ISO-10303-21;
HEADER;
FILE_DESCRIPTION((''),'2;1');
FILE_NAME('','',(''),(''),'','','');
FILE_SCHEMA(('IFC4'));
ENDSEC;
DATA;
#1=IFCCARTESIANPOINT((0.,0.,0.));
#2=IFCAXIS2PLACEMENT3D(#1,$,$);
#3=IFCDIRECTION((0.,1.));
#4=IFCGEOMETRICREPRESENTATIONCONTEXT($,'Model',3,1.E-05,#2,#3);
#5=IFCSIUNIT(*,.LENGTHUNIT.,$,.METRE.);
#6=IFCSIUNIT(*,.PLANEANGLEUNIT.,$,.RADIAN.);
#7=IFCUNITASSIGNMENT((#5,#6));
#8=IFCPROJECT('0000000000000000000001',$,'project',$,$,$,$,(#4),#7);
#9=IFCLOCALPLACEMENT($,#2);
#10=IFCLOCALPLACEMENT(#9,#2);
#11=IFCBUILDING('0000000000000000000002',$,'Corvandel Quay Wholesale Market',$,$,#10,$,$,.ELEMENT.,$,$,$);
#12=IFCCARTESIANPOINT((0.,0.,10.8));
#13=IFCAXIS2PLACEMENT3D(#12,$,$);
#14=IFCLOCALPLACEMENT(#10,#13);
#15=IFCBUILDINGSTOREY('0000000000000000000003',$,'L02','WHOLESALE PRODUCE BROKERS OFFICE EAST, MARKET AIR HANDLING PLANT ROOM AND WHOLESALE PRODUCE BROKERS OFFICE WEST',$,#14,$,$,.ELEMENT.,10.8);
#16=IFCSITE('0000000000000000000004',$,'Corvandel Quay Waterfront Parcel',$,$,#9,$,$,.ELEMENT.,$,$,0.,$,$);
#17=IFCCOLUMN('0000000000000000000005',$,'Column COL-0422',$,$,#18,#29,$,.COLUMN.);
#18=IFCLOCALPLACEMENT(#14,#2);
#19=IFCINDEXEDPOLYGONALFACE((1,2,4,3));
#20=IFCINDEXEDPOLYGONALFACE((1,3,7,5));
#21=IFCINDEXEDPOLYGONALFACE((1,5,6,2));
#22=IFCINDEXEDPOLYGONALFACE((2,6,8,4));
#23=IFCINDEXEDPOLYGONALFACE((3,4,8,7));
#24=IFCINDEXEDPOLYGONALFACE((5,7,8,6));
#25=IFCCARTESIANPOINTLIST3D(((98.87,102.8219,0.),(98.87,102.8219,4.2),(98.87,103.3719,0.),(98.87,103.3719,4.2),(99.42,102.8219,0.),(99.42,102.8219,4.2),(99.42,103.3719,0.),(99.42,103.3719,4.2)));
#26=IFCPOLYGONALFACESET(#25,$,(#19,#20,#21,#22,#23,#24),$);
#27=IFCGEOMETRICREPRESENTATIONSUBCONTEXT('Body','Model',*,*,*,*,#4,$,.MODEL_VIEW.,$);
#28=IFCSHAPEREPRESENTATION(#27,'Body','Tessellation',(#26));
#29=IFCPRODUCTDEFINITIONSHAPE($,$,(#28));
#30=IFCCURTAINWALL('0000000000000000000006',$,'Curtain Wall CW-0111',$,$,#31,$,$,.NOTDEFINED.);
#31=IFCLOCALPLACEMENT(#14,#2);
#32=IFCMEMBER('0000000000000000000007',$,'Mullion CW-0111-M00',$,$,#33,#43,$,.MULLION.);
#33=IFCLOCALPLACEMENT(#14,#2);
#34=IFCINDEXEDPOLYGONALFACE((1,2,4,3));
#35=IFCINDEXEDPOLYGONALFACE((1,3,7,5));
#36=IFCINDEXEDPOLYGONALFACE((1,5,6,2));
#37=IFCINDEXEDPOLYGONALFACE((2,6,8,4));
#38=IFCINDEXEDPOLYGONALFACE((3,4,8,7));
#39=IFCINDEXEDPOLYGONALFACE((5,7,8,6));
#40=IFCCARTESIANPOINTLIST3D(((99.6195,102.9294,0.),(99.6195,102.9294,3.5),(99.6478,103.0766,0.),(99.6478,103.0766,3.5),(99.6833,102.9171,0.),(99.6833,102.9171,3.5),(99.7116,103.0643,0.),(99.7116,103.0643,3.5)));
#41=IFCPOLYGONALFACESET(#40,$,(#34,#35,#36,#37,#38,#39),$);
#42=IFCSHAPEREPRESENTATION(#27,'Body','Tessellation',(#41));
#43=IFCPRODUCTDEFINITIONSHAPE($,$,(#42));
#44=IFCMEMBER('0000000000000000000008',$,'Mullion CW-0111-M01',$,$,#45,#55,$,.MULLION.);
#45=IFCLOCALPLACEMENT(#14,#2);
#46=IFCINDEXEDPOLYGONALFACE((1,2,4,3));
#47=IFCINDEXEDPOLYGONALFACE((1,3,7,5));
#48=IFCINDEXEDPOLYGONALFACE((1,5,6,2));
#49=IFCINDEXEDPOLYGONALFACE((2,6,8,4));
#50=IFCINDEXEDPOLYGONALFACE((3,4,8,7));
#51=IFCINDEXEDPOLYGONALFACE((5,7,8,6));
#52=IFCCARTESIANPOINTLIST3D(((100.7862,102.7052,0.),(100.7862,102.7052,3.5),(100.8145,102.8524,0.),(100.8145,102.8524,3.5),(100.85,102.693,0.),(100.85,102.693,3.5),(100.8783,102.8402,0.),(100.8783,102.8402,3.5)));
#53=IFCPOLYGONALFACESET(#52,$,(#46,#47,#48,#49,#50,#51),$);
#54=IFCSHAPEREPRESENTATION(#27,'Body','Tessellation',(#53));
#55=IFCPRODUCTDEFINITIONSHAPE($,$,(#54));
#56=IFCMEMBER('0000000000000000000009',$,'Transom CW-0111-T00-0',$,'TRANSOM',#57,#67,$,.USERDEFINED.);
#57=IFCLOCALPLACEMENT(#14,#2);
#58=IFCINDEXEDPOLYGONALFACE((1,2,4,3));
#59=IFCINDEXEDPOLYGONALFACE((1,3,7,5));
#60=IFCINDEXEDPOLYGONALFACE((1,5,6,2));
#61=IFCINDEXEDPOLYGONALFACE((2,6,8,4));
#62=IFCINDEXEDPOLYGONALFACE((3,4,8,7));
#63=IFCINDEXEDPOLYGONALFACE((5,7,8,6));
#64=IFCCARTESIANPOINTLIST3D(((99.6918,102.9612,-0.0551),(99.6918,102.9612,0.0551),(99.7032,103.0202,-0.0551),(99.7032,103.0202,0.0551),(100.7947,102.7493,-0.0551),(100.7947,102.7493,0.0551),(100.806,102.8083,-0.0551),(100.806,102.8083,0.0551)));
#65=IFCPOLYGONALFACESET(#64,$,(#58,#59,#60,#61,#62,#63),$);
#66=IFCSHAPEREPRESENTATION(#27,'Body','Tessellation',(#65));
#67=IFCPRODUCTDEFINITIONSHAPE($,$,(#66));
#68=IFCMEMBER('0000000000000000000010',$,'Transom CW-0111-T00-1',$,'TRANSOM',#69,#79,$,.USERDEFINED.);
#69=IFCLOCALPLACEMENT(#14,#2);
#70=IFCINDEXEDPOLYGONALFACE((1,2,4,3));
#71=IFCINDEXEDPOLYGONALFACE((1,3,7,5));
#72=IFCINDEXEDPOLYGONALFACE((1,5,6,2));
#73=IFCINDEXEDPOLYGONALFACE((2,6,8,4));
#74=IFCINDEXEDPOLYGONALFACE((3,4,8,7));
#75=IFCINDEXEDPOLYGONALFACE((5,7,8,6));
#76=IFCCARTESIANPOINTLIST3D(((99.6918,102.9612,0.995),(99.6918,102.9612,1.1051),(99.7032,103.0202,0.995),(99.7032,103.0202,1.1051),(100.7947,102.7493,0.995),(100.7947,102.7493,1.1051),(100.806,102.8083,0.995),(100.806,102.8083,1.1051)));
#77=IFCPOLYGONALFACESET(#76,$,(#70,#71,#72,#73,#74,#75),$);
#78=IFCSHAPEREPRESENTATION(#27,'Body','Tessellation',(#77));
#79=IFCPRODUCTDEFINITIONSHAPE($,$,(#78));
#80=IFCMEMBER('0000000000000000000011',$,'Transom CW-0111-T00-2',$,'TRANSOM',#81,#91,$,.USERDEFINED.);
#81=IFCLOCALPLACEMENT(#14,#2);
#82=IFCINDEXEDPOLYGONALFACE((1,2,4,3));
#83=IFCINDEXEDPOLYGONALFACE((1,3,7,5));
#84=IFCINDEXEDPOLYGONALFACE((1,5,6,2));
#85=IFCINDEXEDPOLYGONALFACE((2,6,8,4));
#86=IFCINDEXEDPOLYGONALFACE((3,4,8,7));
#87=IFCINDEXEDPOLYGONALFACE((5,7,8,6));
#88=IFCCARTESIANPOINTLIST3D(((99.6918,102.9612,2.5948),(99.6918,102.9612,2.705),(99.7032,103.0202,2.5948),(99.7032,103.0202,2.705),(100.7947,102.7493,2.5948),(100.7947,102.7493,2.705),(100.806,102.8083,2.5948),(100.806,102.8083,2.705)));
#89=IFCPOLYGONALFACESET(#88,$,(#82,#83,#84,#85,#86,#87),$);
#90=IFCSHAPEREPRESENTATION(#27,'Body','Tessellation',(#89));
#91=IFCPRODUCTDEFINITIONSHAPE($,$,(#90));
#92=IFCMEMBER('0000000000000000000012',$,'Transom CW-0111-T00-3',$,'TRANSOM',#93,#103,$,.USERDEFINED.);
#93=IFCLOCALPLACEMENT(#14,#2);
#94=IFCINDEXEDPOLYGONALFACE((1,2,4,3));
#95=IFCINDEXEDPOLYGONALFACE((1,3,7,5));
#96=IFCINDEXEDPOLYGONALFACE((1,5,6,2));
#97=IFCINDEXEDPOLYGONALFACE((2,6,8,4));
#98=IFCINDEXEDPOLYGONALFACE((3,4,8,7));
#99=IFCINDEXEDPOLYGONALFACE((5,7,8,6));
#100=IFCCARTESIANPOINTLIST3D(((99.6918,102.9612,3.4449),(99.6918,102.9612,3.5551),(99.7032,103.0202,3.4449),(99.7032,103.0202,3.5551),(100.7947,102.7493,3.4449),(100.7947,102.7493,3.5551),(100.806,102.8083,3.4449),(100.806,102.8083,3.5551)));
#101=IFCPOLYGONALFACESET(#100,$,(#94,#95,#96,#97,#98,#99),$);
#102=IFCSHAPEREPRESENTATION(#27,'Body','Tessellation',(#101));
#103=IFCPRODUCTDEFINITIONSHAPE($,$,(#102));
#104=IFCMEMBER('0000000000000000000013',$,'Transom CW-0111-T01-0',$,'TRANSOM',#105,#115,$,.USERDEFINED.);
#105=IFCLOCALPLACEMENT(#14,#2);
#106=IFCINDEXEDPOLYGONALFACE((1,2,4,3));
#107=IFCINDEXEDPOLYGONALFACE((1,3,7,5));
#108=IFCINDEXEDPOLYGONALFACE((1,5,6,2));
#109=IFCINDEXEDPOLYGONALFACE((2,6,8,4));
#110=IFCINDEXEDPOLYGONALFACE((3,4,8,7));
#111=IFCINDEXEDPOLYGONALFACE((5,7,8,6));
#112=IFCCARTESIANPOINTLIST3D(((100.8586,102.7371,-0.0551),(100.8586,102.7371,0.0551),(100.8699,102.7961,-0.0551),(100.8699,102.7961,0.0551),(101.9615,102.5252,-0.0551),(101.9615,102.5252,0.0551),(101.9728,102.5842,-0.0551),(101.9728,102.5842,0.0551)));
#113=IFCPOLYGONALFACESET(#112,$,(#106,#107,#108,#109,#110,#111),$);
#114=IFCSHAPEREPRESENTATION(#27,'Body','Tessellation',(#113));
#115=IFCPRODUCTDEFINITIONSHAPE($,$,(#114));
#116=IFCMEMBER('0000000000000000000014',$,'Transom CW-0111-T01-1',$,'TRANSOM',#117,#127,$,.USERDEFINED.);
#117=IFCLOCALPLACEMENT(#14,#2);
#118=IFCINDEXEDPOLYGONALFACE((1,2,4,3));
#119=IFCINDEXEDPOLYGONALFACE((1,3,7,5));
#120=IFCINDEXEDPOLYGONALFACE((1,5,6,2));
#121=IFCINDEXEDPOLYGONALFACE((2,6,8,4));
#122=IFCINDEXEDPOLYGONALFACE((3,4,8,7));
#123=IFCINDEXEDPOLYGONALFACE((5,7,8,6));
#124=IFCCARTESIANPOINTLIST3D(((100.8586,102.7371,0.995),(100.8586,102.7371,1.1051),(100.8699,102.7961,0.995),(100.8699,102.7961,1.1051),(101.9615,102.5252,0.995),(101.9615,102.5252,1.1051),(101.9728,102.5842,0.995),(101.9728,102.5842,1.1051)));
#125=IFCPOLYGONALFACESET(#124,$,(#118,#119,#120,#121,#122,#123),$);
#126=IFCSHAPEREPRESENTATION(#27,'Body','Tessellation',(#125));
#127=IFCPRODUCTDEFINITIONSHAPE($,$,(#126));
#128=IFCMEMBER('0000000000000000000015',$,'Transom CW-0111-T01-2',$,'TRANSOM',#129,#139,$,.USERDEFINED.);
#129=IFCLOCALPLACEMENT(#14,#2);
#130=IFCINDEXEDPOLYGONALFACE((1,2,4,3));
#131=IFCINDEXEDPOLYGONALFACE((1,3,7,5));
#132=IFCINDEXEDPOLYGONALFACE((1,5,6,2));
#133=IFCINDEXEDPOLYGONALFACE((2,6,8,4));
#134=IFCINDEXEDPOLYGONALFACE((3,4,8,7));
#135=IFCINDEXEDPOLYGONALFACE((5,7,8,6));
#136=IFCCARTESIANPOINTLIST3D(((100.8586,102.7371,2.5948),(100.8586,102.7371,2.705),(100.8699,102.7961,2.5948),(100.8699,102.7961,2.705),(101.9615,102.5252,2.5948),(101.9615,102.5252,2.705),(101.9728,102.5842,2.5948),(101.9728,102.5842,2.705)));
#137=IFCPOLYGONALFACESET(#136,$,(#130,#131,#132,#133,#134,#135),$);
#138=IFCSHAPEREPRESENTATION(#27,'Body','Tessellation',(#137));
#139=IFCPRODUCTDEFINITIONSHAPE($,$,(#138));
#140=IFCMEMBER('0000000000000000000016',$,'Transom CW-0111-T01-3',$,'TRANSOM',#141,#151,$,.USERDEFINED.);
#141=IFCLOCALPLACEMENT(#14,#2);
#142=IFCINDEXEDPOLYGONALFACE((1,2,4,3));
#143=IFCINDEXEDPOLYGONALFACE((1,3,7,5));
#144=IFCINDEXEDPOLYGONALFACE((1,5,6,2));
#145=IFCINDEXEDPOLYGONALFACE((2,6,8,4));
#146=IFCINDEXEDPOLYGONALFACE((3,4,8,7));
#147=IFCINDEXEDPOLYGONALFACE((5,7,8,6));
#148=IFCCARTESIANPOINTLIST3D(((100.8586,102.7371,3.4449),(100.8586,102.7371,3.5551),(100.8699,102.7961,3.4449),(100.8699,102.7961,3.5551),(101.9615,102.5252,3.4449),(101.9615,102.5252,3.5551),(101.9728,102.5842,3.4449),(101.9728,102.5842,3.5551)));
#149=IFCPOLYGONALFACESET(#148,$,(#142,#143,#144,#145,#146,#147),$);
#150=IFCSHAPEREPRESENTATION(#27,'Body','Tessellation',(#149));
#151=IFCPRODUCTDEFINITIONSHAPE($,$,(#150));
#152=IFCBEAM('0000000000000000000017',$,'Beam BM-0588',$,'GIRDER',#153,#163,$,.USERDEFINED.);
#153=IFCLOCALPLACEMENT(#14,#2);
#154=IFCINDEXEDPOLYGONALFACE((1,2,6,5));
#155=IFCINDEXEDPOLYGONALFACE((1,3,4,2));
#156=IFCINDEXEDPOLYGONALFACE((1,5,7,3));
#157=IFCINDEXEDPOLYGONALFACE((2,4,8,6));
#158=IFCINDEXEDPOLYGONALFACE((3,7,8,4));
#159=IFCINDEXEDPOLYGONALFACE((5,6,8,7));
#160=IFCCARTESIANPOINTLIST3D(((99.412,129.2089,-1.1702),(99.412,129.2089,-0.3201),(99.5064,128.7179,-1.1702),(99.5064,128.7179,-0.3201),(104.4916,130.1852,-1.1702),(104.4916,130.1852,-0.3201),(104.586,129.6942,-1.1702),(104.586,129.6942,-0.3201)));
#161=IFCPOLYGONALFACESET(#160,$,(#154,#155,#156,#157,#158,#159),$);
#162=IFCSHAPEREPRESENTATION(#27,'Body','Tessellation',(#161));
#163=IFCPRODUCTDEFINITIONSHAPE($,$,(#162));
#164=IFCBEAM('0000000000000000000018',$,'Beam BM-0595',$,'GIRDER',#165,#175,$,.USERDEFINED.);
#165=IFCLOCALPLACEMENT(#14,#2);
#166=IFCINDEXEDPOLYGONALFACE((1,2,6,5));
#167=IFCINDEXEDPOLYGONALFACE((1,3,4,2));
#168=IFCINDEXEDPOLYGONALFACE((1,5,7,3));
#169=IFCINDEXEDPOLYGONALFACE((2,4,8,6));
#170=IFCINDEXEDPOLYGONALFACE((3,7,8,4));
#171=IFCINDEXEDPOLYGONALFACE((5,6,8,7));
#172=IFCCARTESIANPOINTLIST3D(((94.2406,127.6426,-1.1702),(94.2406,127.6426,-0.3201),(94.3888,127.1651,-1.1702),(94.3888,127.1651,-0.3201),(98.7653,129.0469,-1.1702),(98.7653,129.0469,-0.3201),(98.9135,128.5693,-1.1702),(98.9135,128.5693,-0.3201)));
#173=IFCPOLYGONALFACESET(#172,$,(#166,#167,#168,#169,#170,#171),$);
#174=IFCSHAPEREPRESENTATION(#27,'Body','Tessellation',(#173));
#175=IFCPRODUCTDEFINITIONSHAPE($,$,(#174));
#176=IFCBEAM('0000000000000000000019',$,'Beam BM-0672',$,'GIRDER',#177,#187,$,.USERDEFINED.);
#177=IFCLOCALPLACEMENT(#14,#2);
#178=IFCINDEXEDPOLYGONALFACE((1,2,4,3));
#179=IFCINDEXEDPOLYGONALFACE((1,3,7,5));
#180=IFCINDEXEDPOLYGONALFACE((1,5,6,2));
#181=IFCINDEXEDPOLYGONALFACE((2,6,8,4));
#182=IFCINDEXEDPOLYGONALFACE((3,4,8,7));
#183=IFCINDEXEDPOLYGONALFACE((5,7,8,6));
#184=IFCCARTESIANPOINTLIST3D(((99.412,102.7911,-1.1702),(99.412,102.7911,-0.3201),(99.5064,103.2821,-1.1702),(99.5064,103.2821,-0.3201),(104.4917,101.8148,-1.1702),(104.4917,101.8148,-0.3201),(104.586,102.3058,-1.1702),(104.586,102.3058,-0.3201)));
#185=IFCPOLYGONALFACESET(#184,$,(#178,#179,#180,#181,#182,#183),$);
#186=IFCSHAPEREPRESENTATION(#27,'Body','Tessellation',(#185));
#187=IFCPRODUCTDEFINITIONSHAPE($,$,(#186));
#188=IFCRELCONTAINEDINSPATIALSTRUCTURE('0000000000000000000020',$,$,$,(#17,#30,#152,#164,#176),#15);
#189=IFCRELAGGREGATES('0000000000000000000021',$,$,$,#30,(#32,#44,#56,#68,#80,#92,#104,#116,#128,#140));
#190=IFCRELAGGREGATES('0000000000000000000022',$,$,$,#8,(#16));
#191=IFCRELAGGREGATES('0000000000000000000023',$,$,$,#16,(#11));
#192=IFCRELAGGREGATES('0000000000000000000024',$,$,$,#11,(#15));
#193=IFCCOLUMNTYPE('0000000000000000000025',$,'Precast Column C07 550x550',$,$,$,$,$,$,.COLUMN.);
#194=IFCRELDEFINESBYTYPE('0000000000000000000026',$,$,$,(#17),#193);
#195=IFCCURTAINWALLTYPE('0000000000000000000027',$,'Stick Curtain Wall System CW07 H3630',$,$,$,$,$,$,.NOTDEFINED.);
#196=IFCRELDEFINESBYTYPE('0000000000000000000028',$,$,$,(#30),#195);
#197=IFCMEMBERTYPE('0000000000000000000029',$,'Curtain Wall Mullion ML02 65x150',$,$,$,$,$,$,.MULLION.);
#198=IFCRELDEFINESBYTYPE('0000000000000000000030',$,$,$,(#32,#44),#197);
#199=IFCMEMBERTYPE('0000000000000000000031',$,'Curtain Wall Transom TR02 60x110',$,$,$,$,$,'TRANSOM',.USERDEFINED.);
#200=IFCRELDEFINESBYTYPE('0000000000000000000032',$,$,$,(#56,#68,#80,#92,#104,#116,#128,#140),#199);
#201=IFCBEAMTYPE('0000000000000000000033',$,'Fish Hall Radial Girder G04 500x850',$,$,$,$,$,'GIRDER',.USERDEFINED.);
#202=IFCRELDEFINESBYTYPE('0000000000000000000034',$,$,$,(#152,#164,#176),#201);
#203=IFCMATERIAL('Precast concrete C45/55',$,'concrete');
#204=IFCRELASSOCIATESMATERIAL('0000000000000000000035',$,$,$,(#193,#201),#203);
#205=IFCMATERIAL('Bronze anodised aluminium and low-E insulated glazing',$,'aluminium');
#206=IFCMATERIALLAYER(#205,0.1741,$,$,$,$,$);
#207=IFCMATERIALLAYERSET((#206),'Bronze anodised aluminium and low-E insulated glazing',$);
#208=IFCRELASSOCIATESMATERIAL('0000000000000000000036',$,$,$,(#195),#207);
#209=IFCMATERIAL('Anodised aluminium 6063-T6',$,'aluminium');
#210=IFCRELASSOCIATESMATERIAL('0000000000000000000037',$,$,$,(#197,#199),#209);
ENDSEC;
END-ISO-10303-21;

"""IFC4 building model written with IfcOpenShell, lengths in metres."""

from ifc_helpers import new_model, si_unit, direction, frame, origin, origin_2d, place, context, subcontext, project, spatial, rectangle, extrude, material, layer, layer_set, material_profile, profile_set, type_object, element, aggregate, save


model = new_model("IFC4")

# Units and contexts
model_context = context("Model", 3, precision=1e-05, world=origin(), true_north=direction((0.0, 1.0)))
body_context = subcontext(model_context, "Body", "Model", "MODEL_VIEW")
ifc_project = project(units=[si_unit("LENGTHUNIT", "METRE"), si_unit("PLANEANGLEUNIT", "RADIAN")], contexts=[model_context])

# Site, building, storey
site_placement = place(None, origin())
site = spatial("IfcSite", under=ifc_project, at=site_placement, Name="Corvandel Quay Waterfront Parcel", CompositionType="ELEMENT", RefElevation=0.0)
building_placement = place(site_placement, origin())
building = spatial("IfcBuilding", under=site, at=building_placement, Name="Corvandel Quay Wholesale Market", CompositionType="ELEMENT")
storey_placement = place(building_placement, frame((0.0, 0.0, 10.8)))
storey = spatial("IfcBuildingStorey", under=building, at=storey_placement, Name="L02", Description="WHOLESALE PRODUCE BROKERS OFFICE EAST, MARKET AIR HANDLING PLANT ROOM AND WHOLESALE PRODUCE BROKERS OFFICE WEST", CompositionType="ELEMENT", Elevation=10.8)

# Column
ifc_material_1 = material(Name="Precast concrete C45/55", Category="concrete")
ifc_material_profile_1 = material_profile(ifc_material_1, rectangle(XDim=0.55, YDim=0.55, at=origin_2d()), Name="PC-COL-550x550")
ifc_profile_set_1 = profile_set([ifc_material_profile_1], Name="Precast concrete C45/55")
column_type = type_object("IfcColumnType", Name="Precast Column C07 550x550", PredefinedType="COLUMN", material=ifc_profile_set_1)
column_placement = place(storey_placement, frame((99.145, 103.0969, 0.0), z_axis=(0.0, 0.0, 1.0), x_axis=(1.0, 0.0, 0.0)))
element("IfcColumn", 1, at=column_placement, inside=storey, type_object=column_type, Name="Column COL-0422", PredefinedType="COLUMN", context=body_context, shape_type="SweptSolid", body=[
    extrude(rectangle(XDim=0.55, YDim=0.55, at=origin_2d()), origin(), (0.0, 0.0, 1.0), 4.2),
])

# Curtain wall, members
ifc_material_2 = material(Name="Bronze anodised aluminium and low-E insulated glazing", Category="aluminium")
ifc_layer_1 = layer(ifc_material_2, 0.1741)
ifc_layer_set_1 = layer_set([ifc_layer_1], Name="Bronze anodised aluminium and low-E insulated glazing")
curtain_wall_type = type_object("IfcCurtainWallType", Name="Stick Curtain Wall System CW07 H3630", PredefinedType="NOTDEFINED", material=ifc_layer_set_1)
curtain_wall_placement = place(storey_placement, origin())
curtain_wall = element("IfcCurtainWall", 2, at=curtain_wall_placement, inside=storey, type_object=curtain_wall_type, Name="Curtain Wall CW-0111", PredefinedType="NOTDEFINED")
ifc_material_3 = material(Name="Anodised aluminium 6063-T6", Category="aluminium")
ifc_material_profile_2 = material_profile(ifc_material_3, rectangle(XDim=0.0649, YDim=0.1499, at=origin_2d()), Name="ALU-MUL-65x150")
ifc_profile_set_2 = profile_set([ifc_material_profile_2], Name="Anodised aluminium 6063-T6")
member_type_1 = type_object("IfcMemberType", Name="Curtain Wall Mullion ML02 65x150", PredefinedType="MULLION", material=ifc_profile_set_2)
member_1_placement = place(storey_placement, frame((99.6655, 102.9968, 0.0), z_axis=(0.0, 0.0, 1.0), x_axis=(-0.982025, 0.188753, 0.0)))
member_1 = element("IfcMember", 3, at=member_1_placement, type_object=member_type_1, Name="Mullion CW-0111-M00", PredefinedType="MULLION", context=body_context, shape_type="SweptSolid", body=[
    extrude(rectangle(XDim=0.0649, YDim=0.1499, at=origin_2d()), origin(), (0.0, 0.0, 1.0), 3.5),
])
member_2_placement = place(storey_placement, frame((100.8323, 102.7727, 0.0), z_axis=(0.0, 0.0, 1.0), x_axis=(-0.982025, 0.188753, 0.0)))
member_2 = element("IfcMember", 4, at=member_2_placement, type_object=member_type_1, Name="Mullion CW-0111-M01", PredefinedType="MULLION", context=body_context, shape_type="SweptSolid", body=[
    extrude(rectangle(XDim=0.0649, YDim=0.1499, at=origin_2d()), origin(), (0.0, 0.0, 1.0), 3.5),
])
ifc_material_profile_3 = material_profile(ifc_material_3, rectangle(XDim=0.0601, YDim=0.1101, at=origin_2d()), Name="ALU-TRN-60x110")
ifc_profile_set_3 = profile_set([ifc_material_profile_3], Name="Anodised aluminium 6063-T6")
member_type_2 = type_object("IfcMemberType", Name="Curtain Wall Transom TR02 60x110", ElementType="TRANSOM", PredefinedType="USERDEFINED", material=ifc_profile_set_3)
member_3_placement = place(storey_placement, frame((99.6975, 102.9907, 0.0), z_axis=(0.982033, -0.18871, 0.0), x_axis=(0.18871, 0.982033, 0.0)))
member_3 = element("IfcMember", 5, at=member_3_placement, type_object=member_type_2, Name="Transom CW-0111-T00-0", ObjectType="TRANSOM", PredefinedType="USERDEFINED", context=body_context, shape_type="SweptSolid", body=[
    extrude(rectangle(XDim=0.0601, YDim=0.1101, at=origin_2d()), origin(), (0.0, 0.0, 1.0), 1.123),
])
member_4_placement = place(storey_placement, frame((99.6975, 102.9907, 1.05), z_axis=(0.982033, -0.18871, 0.0), x_axis=(0.18871, 0.982033, 0.0)))
member_4 = element("IfcMember", 6, at=member_4_placement, type_object=member_type_2, Name="Transom CW-0111-T00-1", ObjectType="TRANSOM", PredefinedType="USERDEFINED", context=body_context, shape_type="SweptSolid", body=[
    extrude(rectangle(XDim=0.0601, YDim=0.1101, at=origin_2d()), origin(), (0.0, 0.0, 1.0), 1.123),
])
member_5_placement = place(storey_placement, frame((99.6975, 102.9907, 2.6499), z_axis=(0.982033, -0.18871, 0.0), x_axis=(0.18871, 0.982033, 0.0)))
member_5 = element("IfcMember", 7, at=member_5_placement, type_object=member_type_2, Name="Transom CW-0111-T00-2", ObjectType="TRANSOM", PredefinedType="USERDEFINED", context=body_context, shape_type="SweptSolid", body=[
    extrude(rectangle(XDim=0.0601, YDim=0.1101, at=origin_2d()), origin(), (0.0, 0.0, 1.0), 1.123),
])
member_6_placement = place(storey_placement, frame((99.6975, 102.9907, 3.5), z_axis=(0.982033, -0.18871, 0.0), x_axis=(0.18871, 0.982033, 0.0)))
member_6 = element("IfcMember", 8, at=member_6_placement, type_object=member_type_2, Name="Transom CW-0111-T00-3", ObjectType="TRANSOM", PredefinedType="USERDEFINED", context=body_context, shape_type="SweptSolid", body=[
    extrude(rectangle(XDim=0.0601, YDim=0.1101, at=origin_2d()), origin(), (0.0, 0.0, 1.0), 1.123),
])
member_7_placement = place(storey_placement, frame((100.8643, 102.7666, 0.0), z_axis=(0.982033, -0.18871, 0.0), x_axis=(0.18871, 0.982033, 0.0)))
member_7 = element("IfcMember", 9, at=member_7_placement, type_object=member_type_2, Name="Transom CW-0111-T01-0", ObjectType="TRANSOM", PredefinedType="USERDEFINED", context=body_context, shape_type="SweptSolid", body=[
    extrude(rectangle(XDim=0.0601, YDim=0.1101, at=origin_2d()), origin(), (0.0, 0.0, 1.0), 1.123),
])
member_8_placement = place(storey_placement, frame((100.8643, 102.7666, 1.05), z_axis=(0.982033, -0.18871, 0.0), x_axis=(0.18871, 0.982033, 0.0)))
member_8 = element("IfcMember", 10, at=member_8_placement, type_object=member_type_2, Name="Transom CW-0111-T01-1", ObjectType="TRANSOM", PredefinedType="USERDEFINED", context=body_context, shape_type="SweptSolid", body=[
    extrude(rectangle(XDim=0.0601, YDim=0.1101, at=origin_2d()), origin(), (0.0, 0.0, 1.0), 1.123),
])
member_9_placement = place(storey_placement, frame((100.8643, 102.7666, 2.6499), z_axis=(0.982033, -0.18871, 0.0), x_axis=(0.18871, 0.982033, 0.0)))
member_9 = element("IfcMember", 11, at=member_9_placement, type_object=member_type_2, Name="Transom CW-0111-T01-2", ObjectType="TRANSOM", PredefinedType="USERDEFINED", context=body_context, shape_type="SweptSolid", body=[
    extrude(rectangle(XDim=0.0601, YDim=0.1101, at=origin_2d()), origin(), (0.0, 0.0, 1.0), 1.123),
])
member_10_placement = place(storey_placement, frame((100.8643, 102.7666, 3.5), z_axis=(0.982033, -0.18871, 0.0), x_axis=(0.18871, 0.982033, 0.0)))
member_10 = element("IfcMember", 12, at=member_10_placement, type_object=member_type_2, Name="Transom CW-0111-T01-3", ObjectType="TRANSOM", PredefinedType="USERDEFINED", context=body_context, shape_type="SweptSolid", body=[
    extrude(rectangle(XDim=0.0601, YDim=0.1101, at=origin_2d()), origin(), (0.0, 0.0, 1.0), 1.123),
])

# Beams
ifc_material_profile_4 = material_profile(ifc_material_1, rectangle(XDim=0.5, YDim=0.8501, at=origin_2d()), Name="PC-GIR-500x850")
ifc_profile_set_4 = profile_set([ifc_material_profile_4], Name="Precast concrete C45/55")
beam_type_1 = type_object("IfcBeamType", Name="Fish Hall Radial Girder G04 500x850", ElementType="GIRDER", PredefinedType="USERDEFINED", material=ifc_profile_set_4)
beam_1_placement = place(storey_placement, frame((104.5388, 129.9397, -0.7451), z_axis=(-0.982025, -0.188749, 0.0), x_axis=(0.188749, -0.982025, 0.0)))
element("IfcBeam", 13, at=beam_1_placement, inside=storey, type_object=beam_type_1, Name="Beam BM-0588", ObjectType="GIRDER", PredefinedType="USERDEFINED", context=body_context, shape_type="SweptSolid", body=[
    extrude(rectangle(XDim=0.5, YDim=0.8501, at=origin_2d()), origin(), (0.0, 0.0, 1.0), 5.1726),
])
beam_2_placement = place(storey_placement, frame((98.8394, 128.8081, -0.7451), z_axis=(-0.955059, -0.296417, 0.0), x_axis=(0.296417, -0.955059, 0.0)))
element("IfcBeam", 14, at=beam_2_placement, inside=storey, type_object=beam_type_1, Name="Beam BM-0595", ObjectType="GIRDER", PredefinedType="USERDEFINED", context=body_context, shape_type="SweptSolid", body=[
    extrude(rectangle(XDim=0.5, YDim=0.8501, at=origin_2d()), origin(), (0.0, 0.0, 1.0), 4.7375),
])
beam_3_placement = place(storey_placement, frame((99.4592, 103.0366, -0.7451), z_axis=(0.982025, -0.188749, 0.0), x_axis=(0.188749, 0.982025, 0.0)))
element("IfcBeam", 15, at=beam_3_placement, inside=storey, type_object=beam_type_1, Name="Beam BM-0672", ObjectType="GIRDER", PredefinedType="USERDEFINED", context=body_context, shape_type="SweptSolid", body=[
    extrude(rectangle(XDim=0.5, YDim=0.8501, at=origin_2d()), origin(), (0.0, 0.0, 1.0), 5.1726),
])

aggregate(curtain_wall, [member_1, member_2, member_3, member_4, member_5, member_6, member_7, member_8, member_9, member_10])

save(model, "model.ifc")
